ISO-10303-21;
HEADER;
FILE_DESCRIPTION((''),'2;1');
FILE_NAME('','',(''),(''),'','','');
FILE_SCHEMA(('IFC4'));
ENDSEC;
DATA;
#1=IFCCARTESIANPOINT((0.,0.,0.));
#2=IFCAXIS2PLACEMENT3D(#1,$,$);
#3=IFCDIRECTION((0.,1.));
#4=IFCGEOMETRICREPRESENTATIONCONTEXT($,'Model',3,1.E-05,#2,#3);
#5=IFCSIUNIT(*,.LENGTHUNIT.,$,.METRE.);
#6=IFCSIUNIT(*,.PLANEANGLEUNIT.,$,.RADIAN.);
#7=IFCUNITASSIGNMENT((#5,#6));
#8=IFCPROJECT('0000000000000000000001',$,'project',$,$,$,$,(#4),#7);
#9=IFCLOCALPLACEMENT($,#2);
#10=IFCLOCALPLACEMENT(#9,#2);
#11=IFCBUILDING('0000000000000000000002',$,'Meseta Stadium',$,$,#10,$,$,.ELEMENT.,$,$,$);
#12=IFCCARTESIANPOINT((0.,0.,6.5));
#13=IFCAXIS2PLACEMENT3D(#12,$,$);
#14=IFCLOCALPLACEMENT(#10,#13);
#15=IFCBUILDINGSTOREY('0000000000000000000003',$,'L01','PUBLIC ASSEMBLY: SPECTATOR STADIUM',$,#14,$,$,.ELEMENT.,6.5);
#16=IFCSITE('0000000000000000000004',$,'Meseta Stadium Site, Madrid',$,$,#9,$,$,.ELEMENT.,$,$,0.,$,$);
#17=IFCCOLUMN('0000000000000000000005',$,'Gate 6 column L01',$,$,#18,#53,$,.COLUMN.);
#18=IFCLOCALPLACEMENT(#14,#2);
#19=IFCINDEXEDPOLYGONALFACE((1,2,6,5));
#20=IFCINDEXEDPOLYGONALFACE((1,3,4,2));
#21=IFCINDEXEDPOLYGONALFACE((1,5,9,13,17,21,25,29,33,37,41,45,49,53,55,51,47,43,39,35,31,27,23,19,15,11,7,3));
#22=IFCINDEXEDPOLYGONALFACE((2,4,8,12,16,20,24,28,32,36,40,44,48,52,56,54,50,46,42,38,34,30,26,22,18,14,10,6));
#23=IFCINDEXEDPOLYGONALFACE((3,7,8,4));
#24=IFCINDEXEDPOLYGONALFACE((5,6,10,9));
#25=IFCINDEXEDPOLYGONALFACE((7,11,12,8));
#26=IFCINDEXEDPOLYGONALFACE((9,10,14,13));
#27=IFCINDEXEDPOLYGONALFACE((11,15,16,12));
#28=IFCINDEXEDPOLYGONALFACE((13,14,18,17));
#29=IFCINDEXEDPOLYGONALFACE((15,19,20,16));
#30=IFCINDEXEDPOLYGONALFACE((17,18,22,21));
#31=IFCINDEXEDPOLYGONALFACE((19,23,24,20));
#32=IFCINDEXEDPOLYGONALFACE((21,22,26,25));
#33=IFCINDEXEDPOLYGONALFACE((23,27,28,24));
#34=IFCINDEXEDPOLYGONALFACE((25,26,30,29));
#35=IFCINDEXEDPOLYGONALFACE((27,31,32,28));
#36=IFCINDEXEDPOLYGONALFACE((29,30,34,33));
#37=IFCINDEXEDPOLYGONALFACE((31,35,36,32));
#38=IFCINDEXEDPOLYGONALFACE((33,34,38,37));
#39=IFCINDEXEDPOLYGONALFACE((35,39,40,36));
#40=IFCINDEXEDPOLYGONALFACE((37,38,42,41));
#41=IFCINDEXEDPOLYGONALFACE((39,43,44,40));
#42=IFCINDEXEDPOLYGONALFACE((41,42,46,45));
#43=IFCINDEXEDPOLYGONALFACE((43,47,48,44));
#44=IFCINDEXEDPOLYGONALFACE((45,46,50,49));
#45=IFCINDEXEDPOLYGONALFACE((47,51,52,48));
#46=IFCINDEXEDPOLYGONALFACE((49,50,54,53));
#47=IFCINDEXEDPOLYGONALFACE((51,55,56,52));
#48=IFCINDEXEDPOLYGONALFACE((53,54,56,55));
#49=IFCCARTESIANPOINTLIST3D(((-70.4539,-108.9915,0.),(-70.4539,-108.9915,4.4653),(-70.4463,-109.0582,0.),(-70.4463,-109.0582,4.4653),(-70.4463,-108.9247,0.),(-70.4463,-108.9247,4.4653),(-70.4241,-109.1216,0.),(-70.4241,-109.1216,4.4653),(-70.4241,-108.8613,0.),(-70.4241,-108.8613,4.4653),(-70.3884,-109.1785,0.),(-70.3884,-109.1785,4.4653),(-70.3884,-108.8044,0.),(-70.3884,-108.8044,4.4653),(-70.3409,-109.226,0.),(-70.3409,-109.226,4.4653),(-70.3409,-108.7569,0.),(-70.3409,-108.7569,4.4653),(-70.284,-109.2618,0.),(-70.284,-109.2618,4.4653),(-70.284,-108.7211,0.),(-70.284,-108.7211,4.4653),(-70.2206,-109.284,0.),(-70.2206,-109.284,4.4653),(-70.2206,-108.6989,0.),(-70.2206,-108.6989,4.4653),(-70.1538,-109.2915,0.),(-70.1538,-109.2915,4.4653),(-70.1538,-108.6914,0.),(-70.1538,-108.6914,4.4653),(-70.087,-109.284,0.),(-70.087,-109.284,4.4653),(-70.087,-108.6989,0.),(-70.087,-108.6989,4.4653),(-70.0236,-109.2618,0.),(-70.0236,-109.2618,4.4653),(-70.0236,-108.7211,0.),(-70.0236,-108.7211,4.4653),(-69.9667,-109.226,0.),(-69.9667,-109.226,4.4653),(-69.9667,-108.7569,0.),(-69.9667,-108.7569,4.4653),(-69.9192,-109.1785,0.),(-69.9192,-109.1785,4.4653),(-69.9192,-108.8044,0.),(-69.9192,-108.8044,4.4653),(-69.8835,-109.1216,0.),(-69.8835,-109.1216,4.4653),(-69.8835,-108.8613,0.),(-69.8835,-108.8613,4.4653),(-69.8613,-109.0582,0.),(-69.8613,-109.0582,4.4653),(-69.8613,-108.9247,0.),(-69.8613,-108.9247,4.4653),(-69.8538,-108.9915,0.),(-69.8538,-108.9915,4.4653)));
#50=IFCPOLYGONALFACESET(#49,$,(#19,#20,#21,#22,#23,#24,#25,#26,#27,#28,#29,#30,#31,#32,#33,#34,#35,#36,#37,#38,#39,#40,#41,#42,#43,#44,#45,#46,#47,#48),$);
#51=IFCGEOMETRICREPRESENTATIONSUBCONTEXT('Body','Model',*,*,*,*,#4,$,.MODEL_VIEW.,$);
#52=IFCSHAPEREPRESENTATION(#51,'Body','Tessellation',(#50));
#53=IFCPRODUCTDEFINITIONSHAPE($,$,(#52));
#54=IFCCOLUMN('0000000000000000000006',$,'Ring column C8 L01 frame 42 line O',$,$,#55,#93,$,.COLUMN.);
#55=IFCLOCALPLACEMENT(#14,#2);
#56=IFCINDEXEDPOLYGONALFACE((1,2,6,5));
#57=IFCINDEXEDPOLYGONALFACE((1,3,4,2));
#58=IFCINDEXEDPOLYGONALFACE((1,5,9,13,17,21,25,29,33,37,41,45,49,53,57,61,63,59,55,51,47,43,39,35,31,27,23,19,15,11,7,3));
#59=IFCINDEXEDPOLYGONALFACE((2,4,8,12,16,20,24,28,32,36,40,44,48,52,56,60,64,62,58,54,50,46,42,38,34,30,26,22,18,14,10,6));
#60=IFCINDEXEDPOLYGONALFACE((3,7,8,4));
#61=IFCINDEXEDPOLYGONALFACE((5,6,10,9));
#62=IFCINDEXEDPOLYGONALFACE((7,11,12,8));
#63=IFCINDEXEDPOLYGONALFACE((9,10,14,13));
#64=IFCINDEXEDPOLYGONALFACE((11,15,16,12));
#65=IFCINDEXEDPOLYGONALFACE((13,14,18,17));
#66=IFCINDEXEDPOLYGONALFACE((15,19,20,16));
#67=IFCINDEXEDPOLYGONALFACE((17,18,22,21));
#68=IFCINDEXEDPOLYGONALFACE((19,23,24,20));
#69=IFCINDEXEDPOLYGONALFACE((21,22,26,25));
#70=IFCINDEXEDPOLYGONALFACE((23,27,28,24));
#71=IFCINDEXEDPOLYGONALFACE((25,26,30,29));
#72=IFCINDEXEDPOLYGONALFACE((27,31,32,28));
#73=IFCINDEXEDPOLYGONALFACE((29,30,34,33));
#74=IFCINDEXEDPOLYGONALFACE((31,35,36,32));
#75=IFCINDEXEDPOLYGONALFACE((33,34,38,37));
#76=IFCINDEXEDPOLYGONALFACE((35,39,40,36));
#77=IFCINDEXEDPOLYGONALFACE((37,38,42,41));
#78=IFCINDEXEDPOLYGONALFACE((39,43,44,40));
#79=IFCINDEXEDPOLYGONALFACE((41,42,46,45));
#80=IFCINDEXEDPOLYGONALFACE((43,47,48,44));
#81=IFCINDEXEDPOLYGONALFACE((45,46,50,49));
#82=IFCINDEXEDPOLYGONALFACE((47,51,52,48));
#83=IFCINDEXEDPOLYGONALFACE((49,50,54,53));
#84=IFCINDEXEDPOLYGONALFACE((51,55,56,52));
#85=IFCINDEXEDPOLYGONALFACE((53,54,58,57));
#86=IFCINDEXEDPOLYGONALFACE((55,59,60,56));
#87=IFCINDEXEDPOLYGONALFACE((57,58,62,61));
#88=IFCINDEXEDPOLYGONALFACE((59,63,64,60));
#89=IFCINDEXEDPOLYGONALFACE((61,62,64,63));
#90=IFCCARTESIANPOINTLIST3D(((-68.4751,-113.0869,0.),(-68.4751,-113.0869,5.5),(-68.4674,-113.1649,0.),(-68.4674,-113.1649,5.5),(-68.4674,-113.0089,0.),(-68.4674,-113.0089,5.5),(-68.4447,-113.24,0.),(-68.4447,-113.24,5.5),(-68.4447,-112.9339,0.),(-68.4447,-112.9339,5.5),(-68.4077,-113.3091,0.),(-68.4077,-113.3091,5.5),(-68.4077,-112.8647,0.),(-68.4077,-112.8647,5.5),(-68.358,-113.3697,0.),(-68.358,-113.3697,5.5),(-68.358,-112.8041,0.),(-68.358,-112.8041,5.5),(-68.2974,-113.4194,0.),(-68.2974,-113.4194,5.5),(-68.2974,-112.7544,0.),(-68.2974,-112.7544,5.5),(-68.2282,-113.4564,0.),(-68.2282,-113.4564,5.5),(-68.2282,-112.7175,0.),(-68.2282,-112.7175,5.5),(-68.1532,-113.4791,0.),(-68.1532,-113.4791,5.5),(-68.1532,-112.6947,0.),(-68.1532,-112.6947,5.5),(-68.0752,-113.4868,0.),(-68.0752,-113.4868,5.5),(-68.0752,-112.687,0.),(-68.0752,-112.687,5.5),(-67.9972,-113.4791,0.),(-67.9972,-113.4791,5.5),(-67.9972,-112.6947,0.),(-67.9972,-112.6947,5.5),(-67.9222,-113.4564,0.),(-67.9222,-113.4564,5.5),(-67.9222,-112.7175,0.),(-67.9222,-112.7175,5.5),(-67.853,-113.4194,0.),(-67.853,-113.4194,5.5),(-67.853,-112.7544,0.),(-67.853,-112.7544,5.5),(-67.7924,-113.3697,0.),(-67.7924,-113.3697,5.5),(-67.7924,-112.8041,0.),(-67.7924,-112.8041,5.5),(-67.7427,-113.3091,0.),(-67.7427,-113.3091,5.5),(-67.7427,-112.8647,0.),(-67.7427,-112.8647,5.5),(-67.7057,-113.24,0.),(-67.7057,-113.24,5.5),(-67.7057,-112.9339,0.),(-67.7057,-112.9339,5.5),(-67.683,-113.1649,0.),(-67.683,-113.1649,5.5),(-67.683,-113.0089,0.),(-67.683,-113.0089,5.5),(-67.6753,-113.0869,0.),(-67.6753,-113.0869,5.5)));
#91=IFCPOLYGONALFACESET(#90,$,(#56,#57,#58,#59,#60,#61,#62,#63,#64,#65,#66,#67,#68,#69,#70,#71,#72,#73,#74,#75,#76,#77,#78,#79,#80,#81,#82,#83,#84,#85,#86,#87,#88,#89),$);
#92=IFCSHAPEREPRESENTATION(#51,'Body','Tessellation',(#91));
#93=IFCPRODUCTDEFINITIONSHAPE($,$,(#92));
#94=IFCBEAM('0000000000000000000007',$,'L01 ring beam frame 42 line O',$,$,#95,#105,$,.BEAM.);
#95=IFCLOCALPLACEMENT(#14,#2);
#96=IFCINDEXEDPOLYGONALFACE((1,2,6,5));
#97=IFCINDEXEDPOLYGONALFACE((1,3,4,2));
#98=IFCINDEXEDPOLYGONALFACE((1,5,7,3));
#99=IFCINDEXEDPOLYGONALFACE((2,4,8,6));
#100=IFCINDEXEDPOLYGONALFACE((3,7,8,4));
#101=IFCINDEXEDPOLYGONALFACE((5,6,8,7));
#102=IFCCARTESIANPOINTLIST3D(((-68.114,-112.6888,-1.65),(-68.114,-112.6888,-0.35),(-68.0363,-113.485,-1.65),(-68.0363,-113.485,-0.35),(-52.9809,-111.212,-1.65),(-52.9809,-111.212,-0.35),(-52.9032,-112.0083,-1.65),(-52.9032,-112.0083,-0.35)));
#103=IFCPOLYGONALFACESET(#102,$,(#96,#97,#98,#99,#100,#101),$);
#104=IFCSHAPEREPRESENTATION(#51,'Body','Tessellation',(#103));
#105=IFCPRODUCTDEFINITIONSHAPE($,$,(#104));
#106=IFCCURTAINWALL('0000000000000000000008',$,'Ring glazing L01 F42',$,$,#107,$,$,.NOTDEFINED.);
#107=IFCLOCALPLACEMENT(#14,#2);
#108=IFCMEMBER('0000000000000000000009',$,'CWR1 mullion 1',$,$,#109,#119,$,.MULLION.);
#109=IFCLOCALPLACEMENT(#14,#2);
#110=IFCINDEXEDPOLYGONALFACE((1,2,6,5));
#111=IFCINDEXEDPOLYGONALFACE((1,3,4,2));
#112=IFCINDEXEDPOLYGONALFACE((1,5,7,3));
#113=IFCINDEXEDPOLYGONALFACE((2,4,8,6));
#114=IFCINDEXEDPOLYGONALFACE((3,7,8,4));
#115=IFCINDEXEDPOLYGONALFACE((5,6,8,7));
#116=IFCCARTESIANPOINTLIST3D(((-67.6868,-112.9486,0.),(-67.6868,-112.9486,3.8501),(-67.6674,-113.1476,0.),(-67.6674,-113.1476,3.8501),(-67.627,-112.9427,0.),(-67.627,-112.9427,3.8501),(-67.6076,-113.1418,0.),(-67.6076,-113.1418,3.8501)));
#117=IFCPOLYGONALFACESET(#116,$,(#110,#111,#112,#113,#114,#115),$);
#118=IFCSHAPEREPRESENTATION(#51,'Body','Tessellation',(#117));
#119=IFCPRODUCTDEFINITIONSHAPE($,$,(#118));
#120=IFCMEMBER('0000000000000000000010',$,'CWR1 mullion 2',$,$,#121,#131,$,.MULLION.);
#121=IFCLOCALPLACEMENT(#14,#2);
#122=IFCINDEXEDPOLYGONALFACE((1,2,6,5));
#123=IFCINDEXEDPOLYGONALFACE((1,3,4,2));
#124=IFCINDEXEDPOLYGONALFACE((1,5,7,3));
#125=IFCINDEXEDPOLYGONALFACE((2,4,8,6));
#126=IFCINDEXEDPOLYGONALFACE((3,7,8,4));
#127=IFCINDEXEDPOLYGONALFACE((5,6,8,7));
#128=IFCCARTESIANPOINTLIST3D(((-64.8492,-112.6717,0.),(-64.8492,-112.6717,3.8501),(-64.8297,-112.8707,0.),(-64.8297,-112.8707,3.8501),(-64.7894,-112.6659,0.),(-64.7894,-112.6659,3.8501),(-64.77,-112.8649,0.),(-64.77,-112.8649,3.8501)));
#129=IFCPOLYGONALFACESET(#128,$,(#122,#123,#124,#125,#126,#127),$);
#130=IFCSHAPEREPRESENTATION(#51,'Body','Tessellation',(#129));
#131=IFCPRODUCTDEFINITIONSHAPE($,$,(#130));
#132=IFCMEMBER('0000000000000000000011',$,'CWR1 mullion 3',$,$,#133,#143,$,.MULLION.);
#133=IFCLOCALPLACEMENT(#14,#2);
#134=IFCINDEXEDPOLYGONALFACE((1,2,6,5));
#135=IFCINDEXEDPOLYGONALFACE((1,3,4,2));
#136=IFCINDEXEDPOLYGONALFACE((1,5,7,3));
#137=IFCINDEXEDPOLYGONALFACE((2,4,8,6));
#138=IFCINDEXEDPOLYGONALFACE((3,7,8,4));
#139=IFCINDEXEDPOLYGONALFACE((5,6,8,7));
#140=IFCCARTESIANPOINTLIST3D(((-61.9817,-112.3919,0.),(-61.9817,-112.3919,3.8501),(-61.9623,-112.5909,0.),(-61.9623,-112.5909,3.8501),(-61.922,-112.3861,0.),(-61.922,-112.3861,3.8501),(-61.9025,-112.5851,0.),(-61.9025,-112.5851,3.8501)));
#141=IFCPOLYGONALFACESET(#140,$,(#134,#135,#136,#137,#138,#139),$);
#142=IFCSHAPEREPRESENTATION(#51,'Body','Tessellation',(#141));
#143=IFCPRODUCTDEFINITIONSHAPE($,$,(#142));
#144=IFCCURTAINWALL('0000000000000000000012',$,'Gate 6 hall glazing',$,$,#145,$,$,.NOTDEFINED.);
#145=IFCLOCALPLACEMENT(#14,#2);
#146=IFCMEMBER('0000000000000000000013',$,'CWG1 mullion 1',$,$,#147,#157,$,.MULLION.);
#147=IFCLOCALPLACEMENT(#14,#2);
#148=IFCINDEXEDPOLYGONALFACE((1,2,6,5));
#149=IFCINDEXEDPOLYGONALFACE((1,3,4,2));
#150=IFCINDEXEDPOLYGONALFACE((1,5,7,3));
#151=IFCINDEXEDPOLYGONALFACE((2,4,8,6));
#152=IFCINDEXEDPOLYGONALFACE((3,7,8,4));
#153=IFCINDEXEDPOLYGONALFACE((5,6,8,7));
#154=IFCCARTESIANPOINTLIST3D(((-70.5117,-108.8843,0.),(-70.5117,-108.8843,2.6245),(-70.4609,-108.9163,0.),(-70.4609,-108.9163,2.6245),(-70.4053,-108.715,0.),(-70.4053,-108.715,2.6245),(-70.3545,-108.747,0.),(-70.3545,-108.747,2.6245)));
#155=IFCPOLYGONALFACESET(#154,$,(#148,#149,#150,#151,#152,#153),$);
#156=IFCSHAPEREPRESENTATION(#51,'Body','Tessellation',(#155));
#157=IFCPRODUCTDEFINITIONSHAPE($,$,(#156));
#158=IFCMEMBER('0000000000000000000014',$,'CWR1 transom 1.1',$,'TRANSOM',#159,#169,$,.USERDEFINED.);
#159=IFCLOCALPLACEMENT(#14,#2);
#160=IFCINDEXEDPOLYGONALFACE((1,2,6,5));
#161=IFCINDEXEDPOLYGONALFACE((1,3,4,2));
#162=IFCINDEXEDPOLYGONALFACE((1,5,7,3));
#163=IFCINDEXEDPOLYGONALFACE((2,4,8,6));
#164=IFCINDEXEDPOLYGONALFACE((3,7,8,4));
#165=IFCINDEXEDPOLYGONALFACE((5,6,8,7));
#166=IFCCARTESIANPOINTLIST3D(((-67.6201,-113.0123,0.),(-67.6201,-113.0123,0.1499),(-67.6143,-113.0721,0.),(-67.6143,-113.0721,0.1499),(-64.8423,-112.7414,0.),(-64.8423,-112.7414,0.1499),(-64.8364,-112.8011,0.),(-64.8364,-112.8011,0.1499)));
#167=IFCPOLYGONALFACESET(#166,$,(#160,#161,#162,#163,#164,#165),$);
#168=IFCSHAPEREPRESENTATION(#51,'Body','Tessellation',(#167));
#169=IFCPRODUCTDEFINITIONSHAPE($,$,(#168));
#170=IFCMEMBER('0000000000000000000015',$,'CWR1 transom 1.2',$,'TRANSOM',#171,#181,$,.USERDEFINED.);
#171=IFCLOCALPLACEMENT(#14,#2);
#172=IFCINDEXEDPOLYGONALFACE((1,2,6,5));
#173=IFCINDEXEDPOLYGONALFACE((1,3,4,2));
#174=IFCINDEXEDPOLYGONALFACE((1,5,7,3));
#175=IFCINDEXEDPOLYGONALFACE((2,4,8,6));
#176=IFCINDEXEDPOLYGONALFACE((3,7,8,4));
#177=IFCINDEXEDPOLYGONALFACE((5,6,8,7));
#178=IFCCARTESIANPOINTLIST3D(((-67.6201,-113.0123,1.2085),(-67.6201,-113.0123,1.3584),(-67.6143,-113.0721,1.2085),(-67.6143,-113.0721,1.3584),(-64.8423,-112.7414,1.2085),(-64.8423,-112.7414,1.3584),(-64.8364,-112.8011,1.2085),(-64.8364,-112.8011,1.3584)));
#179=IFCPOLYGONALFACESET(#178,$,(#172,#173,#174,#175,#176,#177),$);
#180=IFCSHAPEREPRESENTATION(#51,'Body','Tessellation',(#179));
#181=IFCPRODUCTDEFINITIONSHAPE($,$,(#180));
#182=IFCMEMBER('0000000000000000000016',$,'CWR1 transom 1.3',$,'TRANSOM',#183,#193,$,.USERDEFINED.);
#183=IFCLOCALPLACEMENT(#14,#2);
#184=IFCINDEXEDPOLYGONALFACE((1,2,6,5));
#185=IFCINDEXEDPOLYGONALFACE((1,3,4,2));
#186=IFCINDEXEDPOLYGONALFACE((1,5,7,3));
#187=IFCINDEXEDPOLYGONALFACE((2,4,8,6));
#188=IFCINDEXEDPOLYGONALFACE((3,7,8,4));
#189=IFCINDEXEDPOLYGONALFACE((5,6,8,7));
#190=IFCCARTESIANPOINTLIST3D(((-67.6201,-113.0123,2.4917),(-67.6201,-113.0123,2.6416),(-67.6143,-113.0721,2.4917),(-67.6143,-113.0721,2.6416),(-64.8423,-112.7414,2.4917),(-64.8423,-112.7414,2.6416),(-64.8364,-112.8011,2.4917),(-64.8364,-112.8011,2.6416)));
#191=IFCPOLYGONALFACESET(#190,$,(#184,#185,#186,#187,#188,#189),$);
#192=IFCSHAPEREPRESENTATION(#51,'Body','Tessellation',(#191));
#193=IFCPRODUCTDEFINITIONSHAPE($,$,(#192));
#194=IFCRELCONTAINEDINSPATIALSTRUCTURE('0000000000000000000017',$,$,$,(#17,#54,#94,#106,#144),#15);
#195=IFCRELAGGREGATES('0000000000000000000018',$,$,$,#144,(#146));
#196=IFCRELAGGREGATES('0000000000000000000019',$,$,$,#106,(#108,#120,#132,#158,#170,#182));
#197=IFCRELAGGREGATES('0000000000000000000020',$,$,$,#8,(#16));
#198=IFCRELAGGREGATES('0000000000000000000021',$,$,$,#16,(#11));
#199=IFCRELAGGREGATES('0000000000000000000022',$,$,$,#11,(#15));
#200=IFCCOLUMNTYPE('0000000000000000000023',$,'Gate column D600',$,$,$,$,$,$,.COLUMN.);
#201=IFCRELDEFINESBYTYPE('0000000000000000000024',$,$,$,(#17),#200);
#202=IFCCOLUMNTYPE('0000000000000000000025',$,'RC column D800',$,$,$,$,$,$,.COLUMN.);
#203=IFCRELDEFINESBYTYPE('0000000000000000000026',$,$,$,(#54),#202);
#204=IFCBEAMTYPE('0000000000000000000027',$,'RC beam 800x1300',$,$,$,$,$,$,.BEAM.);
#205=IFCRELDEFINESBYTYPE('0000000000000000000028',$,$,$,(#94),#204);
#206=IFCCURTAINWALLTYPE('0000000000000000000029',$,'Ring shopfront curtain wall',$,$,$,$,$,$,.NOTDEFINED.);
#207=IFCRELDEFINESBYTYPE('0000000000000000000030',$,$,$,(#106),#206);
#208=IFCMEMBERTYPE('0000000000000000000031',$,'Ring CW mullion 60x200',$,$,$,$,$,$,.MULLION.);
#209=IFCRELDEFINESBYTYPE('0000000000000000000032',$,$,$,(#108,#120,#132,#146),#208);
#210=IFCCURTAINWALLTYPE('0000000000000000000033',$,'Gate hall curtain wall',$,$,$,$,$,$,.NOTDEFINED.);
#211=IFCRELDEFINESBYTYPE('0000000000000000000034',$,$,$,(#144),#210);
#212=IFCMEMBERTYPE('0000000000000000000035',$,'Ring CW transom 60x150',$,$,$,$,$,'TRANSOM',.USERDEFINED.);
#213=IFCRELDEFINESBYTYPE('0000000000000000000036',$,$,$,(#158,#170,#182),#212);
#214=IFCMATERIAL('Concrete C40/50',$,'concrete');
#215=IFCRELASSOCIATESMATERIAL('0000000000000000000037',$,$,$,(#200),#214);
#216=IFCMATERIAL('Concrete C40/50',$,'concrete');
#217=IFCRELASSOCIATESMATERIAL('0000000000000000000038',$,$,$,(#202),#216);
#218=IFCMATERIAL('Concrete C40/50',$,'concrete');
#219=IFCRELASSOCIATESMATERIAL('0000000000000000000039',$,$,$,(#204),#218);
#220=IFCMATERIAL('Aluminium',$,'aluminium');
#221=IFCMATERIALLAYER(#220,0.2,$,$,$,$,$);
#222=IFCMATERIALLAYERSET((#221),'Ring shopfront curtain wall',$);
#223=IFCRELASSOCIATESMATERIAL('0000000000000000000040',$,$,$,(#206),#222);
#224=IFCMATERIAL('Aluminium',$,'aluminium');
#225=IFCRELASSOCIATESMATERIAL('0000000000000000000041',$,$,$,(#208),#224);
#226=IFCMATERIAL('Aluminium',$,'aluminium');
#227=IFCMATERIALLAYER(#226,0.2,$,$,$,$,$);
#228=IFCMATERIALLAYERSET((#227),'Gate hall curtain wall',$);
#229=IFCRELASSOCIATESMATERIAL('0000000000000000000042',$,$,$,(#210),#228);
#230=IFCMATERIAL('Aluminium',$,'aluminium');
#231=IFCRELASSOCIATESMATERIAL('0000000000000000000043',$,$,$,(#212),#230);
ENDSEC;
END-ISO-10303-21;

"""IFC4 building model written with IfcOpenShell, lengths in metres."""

from ifc_helpers import new_model, si_unit, direction, frame, origin, origin_2d, place, context, subcontext, project, spatial, rectangle, circle, extrude, material, layer, layer_set, material_profile, profile_set, type_object, element, aggregate, save


model = new_model("IFC4")

# Units and contexts
model_context = context("Model", 3, precision=1e-05, world=origin(), true_north=direction((0.0, 1.0)))
body_context = subcontext(model_context, "Body", "Model", "MODEL_VIEW")
ifc_project = project(units=[si_unit("LENGTHUNIT", "METRE"), si_unit("PLANEANGLEUNIT", "RADIAN")], contexts=[model_context])

# Site, building, storey
site_placement = place(None, origin())
site = spatial("IfcSite", under=ifc_project, at=site_placement, Name="Meseta Stadium Site, Madrid", CompositionType="ELEMENT", RefElevation=0.0)
building_placement = place(site_placement, origin())
building = spatial("IfcBuilding", under=site, at=building_placement, Name="Meseta Stadium", CompositionType="ELEMENT")
storey_placement = place(building_placement, frame((0.0, 0.0, 6.5)))
storey = spatial("IfcBuildingStorey", under=building, at=storey_placement, Name="L01", Description="PUBLIC ASSEMBLY: SPECTATOR STADIUM", CompositionType="ELEMENT", Elevation=6.5)

# Columns
ifc_material_1 = material(Name="Concrete C40/50", Category="concrete")
ifc_material_profile_1 = material_profile(ifc_material_1, circle(Radius=0.3, at=origin_2d()), Name="RC D600")
ifc_profile_set_1 = profile_set([ifc_material_profile_1], Name="Concrete C40/50")
column_type_1 = type_object("IfcColumnType", Name="Gate column D600", PredefinedType="COLUMN", material=ifc_profile_set_1)
column_1_placement = place(storey_placement, frame((-70.1538, -108.9915, 0.0), z_axis=(0.0, 0.0, 1.0), x_axis=(1.0, 0.0, 0.0)))
element("IfcColumn", 1, at=column_1_placement, inside=storey, type_object=column_type_1, Name="Gate 6 column L01", PredefinedType="COLUMN", context=body_context, shape_type="SweptSolid", body=[
    extrude(circle(Radius=0.3, at=origin_2d()), origin(), (0.0, 0.0, 1.0), 4.4653),
])
ifc_material_2 = material(Name="Concrete C40/50", Category="concrete")
ifc_material_profile_2 = material_profile(ifc_material_2, circle(Radius=0.3999, at=origin_2d()), Name="RC D800")
ifc_profile_set_2 = profile_set([ifc_material_profile_2], Name="Concrete C40/50")
column_type_2 = type_object("IfcColumnType", Name="RC column D800", PredefinedType="COLUMN", material=ifc_profile_set_2)
column_2_placement = place(storey_placement, frame((-68.0752, -113.0869, 0.0), z_axis=(0.0, 0.0, 1.0), x_axis=(1.0, 0.0, 0.0)))
element("IfcColumn", 2, at=column_2_placement, inside=storey, type_object=column_type_2, Name="Ring column C8 L01 frame 42 line O", PredefinedType="COLUMN", context=body_context, shape_type="SweptSolid", body=[
    extrude(circle(Radius=0.3999, at=origin_2d()), origin(), (0.0, 0.0, 1.0), 5.5),
])

# Beam
ifc_material_3 = material(Name="Concrete C40/50", Category="concrete")
ifc_material_profile_3 = material_profile(ifc_material_3, rectangle(XDim=0.8, YDim=1.3, at=origin_2d()), Name="RC 800x1300")
ifc_profile_set_3 = profile_set([ifc_material_profile_3], Name="Concrete C40/50")
beam_type = type_object("IfcBeamType", Name="RC beam 800x1300", PredefinedType="BEAM", material=ifc_profile_set_3)
beam_placement = place(storey_placement, frame((-68.0752, -113.0869, -1.0), z_axis=(0.995272, 0.097125, 0.0), x_axis=(-0.097125, 0.995272, 0.0)))
element("IfcBeam", 3, at=beam_placement, inside=storey, type_object=beam_type, Name="L01 ring beam frame 42 line O", PredefinedType="BEAM", context=body_context, shape_type="SweptSolid", body=[
    extrude(rectangle(XDim=0.8, YDim=1.3, at=origin_2d()), origin(), (0.0, 0.0, 1.0), 15.2051),
])

# Curtain wall, members
ifc_material_4 = material(Name="Aluminium", Category="aluminium")
ifc_layer_1 = layer(ifc_material_4, 0.2)
ifc_layer_set_1 = layer_set([ifc_layer_1], Name="Ring shopfront curtain wall")
curtain_wall_type_1 = type_object("IfcCurtainWallType", Name="Ring shopfront curtain wall", PredefinedType="NOTDEFINED", material=ifc_layer_set_1)
curtain_wall_1_placement = place(storey_placement, origin())
curtain_wall_1 = element("IfcCurtainWall", 4, at=curtain_wall_1_placement, inside=storey, type_object=curtain_wall_type_1, Name="Ring glazing L01 F42", PredefinedType="NOTDEFINED")
ifc_material_5 = material(Name="Aluminium", Category="aluminium")
ifc_material_profile_4 = material_profile(ifc_material_5, rectangle(XDim=0.2, YDim=0.0601, at=origin_2d()), Name="CW 200x60")
ifc_profile_set_4 = profile_set([ifc_material_profile_4], Name="Aluminium")
member_type_1 = type_object("IfcMemberType", Name="Ring CW mullion 60x200", PredefinedType="MULLION", material=ifc_profile_set_4)
member_1_placement = place(storey_placement, frame((-67.6472, -113.0452, 0.0), z_axis=(0.0, 0.0, 1.0), x_axis=(-0.097125, 0.995272, 0.0)))
member_1 = element("IfcMember", 5, at=member_1_placement, type_object=member_type_1, Name="CWR1 mullion 1", PredefinedType="MULLION", context=body_context, shape_type="SweptSolid", body=[
    extrude(rectangle(XDim=0.2, YDim=0.0601, at=origin_2d()), origin(), (0.0, 0.0, 1.0), 3.8501),
])
member_2_placement = place(storey_placement, frame((-64.8096, -112.7683, 0.0), z_axis=(0.0, 0.0, 1.0), x_axis=(-0.097125, 0.995272, 0.0)))
member_2 = element("IfcMember", 6, at=member_2_placement, type_object=member_type_1, Name="CWR1 mullion 2", PredefinedType="MULLION", context=body_context, shape_type="SweptSolid", body=[
    extrude(rectangle(XDim=0.2, YDim=0.0601, at=origin_2d()), origin(), (0.0, 0.0, 1.0), 3.8501),
])
member_3_placement = place(storey_placement, frame((-61.9421, -112.4885, 0.0), z_axis=(0.0, 0.0, 1.0), x_axis=(-0.097125, 0.995272, 0.0)))
member_3 = element("IfcMember", 7, at=member_3_placement, type_object=member_type_1, Name="CWR1 mullion 3", PredefinedType="MULLION", context=body_context, shape_type="SweptSolid", body=[
    extrude(rectangle(XDim=0.2, YDim=0.0601, at=origin_2d()), origin(), (0.0, 0.0, 1.0), 3.8501),
])

# Curtain wall, member
ifc_material_6 = material(Name="Aluminium", Category="aluminium")
ifc_layer_2 = layer(ifc_material_6, 0.2)
ifc_layer_set_2 = layer_set([ifc_layer_2], Name="Gate hall curtain wall")
curtain_wall_type_2 = type_object("IfcCurtainWallType", Name="Gate hall curtain wall", PredefinedType="NOTDEFINED", material=ifc_layer_set_2)
curtain_wall_2_placement = place(storey_placement, origin())
curtain_wall_2 = element("IfcCurtainWall", 8, at=curtain_wall_2_placement, inside=storey, type_object=curtain_wall_type_2, Name="Gate 6 hall glazing", PredefinedType="NOTDEFINED")
member_4_placement = place(storey_placement, frame((-70.4331, -108.8157, 0.0), z_axis=(0.0, 0.0, 1.0), x_axis=(-0.532028, -0.846727, 0.0)))
member_4 = element("IfcMember", 9, at=member_4_placement, type_object=member_type_1, Name="CWG1 mullion 1", PredefinedType="MULLION", context=body_context, shape_type="SweptSolid", body=[
    extrude(rectangle(XDim=0.2, YDim=0.0601, at=origin_2d()), origin(), (0.0, 0.0, 1.0), 2.6245),
])

# Members
ifc_material_7 = material(Name="Aluminium", Category="aluminium")
ifc_material_profile_5 = material_profile(ifc_material_7, rectangle(XDim=0.0601, YDim=0.1499, at=origin_2d()), Name="CW 60x150")
ifc_profile_set_5 = profile_set([ifc_material_profile_5], Name="Aluminium")
member_type_2 = type_object("IfcMemberType", Name="Ring CW transom 60x150", ElementType="TRANSOM", PredefinedType="USERDEFINED", material=ifc_profile_set_5)
member_5_placement = place(storey_placement, frame((-67.6172, -113.0422, 0.075), z_axis=(0.995275, 0.097096, 0.0), x_axis=(-0.097096, 0.995275, 0.0)))
member_5 = element("IfcMember", 10, at=member_5_placement, type_object=member_type_2, Name="CWR1 transom 1.1", ObjectType="TRANSOM", PredefinedType="USERDEFINED", context=body_context, shape_type="SweptSolid", body=[
    extrude(rectangle(XDim=0.0601, YDim=0.1499, at=origin_2d()), origin(), (0.0, 0.0, 1.0), 2.791),
])
member_6_placement = place(storey_placement, frame((-67.6172, -113.0422, 1.2834), z_axis=(0.995275, 0.097096, 0.0), x_axis=(-0.097096, 0.995275, 0.0)))
member_6 = element("IfcMember", 11, at=member_6_placement, type_object=member_type_2, Name="CWR1 transom 1.2", ObjectType="TRANSOM", PredefinedType="USERDEFINED", context=body_context, shape_type="SweptSolid", body=[
    extrude(rectangle(XDim=0.0601, YDim=0.1499, at=origin_2d()), origin(), (0.0, 0.0, 1.0), 2.791),
])
member_7_placement = place(storey_placement, frame((-67.6172, -113.0422, 2.5667), z_axis=(0.995275, 0.097096, 0.0), x_axis=(-0.097096, 0.995275, 0.0)))
member_7 = element("IfcMember", 12, at=member_7_placement, type_object=member_type_2, Name="CWR1 transom 1.3", ObjectType="TRANSOM", PredefinedType="USERDEFINED", context=body_context, shape_type="SweptSolid", body=[
    extrude(rectangle(XDim=0.0601, YDim=0.1499, at=origin_2d()), origin(), (0.0, 0.0, 1.0), 2.791),
])
aggregate(curtain_wall_2, [member_4])

aggregate(curtain_wall_1, [member_1, member_2, member_3, member_5, member_6, member_7])

save(model, "model.ifc")
